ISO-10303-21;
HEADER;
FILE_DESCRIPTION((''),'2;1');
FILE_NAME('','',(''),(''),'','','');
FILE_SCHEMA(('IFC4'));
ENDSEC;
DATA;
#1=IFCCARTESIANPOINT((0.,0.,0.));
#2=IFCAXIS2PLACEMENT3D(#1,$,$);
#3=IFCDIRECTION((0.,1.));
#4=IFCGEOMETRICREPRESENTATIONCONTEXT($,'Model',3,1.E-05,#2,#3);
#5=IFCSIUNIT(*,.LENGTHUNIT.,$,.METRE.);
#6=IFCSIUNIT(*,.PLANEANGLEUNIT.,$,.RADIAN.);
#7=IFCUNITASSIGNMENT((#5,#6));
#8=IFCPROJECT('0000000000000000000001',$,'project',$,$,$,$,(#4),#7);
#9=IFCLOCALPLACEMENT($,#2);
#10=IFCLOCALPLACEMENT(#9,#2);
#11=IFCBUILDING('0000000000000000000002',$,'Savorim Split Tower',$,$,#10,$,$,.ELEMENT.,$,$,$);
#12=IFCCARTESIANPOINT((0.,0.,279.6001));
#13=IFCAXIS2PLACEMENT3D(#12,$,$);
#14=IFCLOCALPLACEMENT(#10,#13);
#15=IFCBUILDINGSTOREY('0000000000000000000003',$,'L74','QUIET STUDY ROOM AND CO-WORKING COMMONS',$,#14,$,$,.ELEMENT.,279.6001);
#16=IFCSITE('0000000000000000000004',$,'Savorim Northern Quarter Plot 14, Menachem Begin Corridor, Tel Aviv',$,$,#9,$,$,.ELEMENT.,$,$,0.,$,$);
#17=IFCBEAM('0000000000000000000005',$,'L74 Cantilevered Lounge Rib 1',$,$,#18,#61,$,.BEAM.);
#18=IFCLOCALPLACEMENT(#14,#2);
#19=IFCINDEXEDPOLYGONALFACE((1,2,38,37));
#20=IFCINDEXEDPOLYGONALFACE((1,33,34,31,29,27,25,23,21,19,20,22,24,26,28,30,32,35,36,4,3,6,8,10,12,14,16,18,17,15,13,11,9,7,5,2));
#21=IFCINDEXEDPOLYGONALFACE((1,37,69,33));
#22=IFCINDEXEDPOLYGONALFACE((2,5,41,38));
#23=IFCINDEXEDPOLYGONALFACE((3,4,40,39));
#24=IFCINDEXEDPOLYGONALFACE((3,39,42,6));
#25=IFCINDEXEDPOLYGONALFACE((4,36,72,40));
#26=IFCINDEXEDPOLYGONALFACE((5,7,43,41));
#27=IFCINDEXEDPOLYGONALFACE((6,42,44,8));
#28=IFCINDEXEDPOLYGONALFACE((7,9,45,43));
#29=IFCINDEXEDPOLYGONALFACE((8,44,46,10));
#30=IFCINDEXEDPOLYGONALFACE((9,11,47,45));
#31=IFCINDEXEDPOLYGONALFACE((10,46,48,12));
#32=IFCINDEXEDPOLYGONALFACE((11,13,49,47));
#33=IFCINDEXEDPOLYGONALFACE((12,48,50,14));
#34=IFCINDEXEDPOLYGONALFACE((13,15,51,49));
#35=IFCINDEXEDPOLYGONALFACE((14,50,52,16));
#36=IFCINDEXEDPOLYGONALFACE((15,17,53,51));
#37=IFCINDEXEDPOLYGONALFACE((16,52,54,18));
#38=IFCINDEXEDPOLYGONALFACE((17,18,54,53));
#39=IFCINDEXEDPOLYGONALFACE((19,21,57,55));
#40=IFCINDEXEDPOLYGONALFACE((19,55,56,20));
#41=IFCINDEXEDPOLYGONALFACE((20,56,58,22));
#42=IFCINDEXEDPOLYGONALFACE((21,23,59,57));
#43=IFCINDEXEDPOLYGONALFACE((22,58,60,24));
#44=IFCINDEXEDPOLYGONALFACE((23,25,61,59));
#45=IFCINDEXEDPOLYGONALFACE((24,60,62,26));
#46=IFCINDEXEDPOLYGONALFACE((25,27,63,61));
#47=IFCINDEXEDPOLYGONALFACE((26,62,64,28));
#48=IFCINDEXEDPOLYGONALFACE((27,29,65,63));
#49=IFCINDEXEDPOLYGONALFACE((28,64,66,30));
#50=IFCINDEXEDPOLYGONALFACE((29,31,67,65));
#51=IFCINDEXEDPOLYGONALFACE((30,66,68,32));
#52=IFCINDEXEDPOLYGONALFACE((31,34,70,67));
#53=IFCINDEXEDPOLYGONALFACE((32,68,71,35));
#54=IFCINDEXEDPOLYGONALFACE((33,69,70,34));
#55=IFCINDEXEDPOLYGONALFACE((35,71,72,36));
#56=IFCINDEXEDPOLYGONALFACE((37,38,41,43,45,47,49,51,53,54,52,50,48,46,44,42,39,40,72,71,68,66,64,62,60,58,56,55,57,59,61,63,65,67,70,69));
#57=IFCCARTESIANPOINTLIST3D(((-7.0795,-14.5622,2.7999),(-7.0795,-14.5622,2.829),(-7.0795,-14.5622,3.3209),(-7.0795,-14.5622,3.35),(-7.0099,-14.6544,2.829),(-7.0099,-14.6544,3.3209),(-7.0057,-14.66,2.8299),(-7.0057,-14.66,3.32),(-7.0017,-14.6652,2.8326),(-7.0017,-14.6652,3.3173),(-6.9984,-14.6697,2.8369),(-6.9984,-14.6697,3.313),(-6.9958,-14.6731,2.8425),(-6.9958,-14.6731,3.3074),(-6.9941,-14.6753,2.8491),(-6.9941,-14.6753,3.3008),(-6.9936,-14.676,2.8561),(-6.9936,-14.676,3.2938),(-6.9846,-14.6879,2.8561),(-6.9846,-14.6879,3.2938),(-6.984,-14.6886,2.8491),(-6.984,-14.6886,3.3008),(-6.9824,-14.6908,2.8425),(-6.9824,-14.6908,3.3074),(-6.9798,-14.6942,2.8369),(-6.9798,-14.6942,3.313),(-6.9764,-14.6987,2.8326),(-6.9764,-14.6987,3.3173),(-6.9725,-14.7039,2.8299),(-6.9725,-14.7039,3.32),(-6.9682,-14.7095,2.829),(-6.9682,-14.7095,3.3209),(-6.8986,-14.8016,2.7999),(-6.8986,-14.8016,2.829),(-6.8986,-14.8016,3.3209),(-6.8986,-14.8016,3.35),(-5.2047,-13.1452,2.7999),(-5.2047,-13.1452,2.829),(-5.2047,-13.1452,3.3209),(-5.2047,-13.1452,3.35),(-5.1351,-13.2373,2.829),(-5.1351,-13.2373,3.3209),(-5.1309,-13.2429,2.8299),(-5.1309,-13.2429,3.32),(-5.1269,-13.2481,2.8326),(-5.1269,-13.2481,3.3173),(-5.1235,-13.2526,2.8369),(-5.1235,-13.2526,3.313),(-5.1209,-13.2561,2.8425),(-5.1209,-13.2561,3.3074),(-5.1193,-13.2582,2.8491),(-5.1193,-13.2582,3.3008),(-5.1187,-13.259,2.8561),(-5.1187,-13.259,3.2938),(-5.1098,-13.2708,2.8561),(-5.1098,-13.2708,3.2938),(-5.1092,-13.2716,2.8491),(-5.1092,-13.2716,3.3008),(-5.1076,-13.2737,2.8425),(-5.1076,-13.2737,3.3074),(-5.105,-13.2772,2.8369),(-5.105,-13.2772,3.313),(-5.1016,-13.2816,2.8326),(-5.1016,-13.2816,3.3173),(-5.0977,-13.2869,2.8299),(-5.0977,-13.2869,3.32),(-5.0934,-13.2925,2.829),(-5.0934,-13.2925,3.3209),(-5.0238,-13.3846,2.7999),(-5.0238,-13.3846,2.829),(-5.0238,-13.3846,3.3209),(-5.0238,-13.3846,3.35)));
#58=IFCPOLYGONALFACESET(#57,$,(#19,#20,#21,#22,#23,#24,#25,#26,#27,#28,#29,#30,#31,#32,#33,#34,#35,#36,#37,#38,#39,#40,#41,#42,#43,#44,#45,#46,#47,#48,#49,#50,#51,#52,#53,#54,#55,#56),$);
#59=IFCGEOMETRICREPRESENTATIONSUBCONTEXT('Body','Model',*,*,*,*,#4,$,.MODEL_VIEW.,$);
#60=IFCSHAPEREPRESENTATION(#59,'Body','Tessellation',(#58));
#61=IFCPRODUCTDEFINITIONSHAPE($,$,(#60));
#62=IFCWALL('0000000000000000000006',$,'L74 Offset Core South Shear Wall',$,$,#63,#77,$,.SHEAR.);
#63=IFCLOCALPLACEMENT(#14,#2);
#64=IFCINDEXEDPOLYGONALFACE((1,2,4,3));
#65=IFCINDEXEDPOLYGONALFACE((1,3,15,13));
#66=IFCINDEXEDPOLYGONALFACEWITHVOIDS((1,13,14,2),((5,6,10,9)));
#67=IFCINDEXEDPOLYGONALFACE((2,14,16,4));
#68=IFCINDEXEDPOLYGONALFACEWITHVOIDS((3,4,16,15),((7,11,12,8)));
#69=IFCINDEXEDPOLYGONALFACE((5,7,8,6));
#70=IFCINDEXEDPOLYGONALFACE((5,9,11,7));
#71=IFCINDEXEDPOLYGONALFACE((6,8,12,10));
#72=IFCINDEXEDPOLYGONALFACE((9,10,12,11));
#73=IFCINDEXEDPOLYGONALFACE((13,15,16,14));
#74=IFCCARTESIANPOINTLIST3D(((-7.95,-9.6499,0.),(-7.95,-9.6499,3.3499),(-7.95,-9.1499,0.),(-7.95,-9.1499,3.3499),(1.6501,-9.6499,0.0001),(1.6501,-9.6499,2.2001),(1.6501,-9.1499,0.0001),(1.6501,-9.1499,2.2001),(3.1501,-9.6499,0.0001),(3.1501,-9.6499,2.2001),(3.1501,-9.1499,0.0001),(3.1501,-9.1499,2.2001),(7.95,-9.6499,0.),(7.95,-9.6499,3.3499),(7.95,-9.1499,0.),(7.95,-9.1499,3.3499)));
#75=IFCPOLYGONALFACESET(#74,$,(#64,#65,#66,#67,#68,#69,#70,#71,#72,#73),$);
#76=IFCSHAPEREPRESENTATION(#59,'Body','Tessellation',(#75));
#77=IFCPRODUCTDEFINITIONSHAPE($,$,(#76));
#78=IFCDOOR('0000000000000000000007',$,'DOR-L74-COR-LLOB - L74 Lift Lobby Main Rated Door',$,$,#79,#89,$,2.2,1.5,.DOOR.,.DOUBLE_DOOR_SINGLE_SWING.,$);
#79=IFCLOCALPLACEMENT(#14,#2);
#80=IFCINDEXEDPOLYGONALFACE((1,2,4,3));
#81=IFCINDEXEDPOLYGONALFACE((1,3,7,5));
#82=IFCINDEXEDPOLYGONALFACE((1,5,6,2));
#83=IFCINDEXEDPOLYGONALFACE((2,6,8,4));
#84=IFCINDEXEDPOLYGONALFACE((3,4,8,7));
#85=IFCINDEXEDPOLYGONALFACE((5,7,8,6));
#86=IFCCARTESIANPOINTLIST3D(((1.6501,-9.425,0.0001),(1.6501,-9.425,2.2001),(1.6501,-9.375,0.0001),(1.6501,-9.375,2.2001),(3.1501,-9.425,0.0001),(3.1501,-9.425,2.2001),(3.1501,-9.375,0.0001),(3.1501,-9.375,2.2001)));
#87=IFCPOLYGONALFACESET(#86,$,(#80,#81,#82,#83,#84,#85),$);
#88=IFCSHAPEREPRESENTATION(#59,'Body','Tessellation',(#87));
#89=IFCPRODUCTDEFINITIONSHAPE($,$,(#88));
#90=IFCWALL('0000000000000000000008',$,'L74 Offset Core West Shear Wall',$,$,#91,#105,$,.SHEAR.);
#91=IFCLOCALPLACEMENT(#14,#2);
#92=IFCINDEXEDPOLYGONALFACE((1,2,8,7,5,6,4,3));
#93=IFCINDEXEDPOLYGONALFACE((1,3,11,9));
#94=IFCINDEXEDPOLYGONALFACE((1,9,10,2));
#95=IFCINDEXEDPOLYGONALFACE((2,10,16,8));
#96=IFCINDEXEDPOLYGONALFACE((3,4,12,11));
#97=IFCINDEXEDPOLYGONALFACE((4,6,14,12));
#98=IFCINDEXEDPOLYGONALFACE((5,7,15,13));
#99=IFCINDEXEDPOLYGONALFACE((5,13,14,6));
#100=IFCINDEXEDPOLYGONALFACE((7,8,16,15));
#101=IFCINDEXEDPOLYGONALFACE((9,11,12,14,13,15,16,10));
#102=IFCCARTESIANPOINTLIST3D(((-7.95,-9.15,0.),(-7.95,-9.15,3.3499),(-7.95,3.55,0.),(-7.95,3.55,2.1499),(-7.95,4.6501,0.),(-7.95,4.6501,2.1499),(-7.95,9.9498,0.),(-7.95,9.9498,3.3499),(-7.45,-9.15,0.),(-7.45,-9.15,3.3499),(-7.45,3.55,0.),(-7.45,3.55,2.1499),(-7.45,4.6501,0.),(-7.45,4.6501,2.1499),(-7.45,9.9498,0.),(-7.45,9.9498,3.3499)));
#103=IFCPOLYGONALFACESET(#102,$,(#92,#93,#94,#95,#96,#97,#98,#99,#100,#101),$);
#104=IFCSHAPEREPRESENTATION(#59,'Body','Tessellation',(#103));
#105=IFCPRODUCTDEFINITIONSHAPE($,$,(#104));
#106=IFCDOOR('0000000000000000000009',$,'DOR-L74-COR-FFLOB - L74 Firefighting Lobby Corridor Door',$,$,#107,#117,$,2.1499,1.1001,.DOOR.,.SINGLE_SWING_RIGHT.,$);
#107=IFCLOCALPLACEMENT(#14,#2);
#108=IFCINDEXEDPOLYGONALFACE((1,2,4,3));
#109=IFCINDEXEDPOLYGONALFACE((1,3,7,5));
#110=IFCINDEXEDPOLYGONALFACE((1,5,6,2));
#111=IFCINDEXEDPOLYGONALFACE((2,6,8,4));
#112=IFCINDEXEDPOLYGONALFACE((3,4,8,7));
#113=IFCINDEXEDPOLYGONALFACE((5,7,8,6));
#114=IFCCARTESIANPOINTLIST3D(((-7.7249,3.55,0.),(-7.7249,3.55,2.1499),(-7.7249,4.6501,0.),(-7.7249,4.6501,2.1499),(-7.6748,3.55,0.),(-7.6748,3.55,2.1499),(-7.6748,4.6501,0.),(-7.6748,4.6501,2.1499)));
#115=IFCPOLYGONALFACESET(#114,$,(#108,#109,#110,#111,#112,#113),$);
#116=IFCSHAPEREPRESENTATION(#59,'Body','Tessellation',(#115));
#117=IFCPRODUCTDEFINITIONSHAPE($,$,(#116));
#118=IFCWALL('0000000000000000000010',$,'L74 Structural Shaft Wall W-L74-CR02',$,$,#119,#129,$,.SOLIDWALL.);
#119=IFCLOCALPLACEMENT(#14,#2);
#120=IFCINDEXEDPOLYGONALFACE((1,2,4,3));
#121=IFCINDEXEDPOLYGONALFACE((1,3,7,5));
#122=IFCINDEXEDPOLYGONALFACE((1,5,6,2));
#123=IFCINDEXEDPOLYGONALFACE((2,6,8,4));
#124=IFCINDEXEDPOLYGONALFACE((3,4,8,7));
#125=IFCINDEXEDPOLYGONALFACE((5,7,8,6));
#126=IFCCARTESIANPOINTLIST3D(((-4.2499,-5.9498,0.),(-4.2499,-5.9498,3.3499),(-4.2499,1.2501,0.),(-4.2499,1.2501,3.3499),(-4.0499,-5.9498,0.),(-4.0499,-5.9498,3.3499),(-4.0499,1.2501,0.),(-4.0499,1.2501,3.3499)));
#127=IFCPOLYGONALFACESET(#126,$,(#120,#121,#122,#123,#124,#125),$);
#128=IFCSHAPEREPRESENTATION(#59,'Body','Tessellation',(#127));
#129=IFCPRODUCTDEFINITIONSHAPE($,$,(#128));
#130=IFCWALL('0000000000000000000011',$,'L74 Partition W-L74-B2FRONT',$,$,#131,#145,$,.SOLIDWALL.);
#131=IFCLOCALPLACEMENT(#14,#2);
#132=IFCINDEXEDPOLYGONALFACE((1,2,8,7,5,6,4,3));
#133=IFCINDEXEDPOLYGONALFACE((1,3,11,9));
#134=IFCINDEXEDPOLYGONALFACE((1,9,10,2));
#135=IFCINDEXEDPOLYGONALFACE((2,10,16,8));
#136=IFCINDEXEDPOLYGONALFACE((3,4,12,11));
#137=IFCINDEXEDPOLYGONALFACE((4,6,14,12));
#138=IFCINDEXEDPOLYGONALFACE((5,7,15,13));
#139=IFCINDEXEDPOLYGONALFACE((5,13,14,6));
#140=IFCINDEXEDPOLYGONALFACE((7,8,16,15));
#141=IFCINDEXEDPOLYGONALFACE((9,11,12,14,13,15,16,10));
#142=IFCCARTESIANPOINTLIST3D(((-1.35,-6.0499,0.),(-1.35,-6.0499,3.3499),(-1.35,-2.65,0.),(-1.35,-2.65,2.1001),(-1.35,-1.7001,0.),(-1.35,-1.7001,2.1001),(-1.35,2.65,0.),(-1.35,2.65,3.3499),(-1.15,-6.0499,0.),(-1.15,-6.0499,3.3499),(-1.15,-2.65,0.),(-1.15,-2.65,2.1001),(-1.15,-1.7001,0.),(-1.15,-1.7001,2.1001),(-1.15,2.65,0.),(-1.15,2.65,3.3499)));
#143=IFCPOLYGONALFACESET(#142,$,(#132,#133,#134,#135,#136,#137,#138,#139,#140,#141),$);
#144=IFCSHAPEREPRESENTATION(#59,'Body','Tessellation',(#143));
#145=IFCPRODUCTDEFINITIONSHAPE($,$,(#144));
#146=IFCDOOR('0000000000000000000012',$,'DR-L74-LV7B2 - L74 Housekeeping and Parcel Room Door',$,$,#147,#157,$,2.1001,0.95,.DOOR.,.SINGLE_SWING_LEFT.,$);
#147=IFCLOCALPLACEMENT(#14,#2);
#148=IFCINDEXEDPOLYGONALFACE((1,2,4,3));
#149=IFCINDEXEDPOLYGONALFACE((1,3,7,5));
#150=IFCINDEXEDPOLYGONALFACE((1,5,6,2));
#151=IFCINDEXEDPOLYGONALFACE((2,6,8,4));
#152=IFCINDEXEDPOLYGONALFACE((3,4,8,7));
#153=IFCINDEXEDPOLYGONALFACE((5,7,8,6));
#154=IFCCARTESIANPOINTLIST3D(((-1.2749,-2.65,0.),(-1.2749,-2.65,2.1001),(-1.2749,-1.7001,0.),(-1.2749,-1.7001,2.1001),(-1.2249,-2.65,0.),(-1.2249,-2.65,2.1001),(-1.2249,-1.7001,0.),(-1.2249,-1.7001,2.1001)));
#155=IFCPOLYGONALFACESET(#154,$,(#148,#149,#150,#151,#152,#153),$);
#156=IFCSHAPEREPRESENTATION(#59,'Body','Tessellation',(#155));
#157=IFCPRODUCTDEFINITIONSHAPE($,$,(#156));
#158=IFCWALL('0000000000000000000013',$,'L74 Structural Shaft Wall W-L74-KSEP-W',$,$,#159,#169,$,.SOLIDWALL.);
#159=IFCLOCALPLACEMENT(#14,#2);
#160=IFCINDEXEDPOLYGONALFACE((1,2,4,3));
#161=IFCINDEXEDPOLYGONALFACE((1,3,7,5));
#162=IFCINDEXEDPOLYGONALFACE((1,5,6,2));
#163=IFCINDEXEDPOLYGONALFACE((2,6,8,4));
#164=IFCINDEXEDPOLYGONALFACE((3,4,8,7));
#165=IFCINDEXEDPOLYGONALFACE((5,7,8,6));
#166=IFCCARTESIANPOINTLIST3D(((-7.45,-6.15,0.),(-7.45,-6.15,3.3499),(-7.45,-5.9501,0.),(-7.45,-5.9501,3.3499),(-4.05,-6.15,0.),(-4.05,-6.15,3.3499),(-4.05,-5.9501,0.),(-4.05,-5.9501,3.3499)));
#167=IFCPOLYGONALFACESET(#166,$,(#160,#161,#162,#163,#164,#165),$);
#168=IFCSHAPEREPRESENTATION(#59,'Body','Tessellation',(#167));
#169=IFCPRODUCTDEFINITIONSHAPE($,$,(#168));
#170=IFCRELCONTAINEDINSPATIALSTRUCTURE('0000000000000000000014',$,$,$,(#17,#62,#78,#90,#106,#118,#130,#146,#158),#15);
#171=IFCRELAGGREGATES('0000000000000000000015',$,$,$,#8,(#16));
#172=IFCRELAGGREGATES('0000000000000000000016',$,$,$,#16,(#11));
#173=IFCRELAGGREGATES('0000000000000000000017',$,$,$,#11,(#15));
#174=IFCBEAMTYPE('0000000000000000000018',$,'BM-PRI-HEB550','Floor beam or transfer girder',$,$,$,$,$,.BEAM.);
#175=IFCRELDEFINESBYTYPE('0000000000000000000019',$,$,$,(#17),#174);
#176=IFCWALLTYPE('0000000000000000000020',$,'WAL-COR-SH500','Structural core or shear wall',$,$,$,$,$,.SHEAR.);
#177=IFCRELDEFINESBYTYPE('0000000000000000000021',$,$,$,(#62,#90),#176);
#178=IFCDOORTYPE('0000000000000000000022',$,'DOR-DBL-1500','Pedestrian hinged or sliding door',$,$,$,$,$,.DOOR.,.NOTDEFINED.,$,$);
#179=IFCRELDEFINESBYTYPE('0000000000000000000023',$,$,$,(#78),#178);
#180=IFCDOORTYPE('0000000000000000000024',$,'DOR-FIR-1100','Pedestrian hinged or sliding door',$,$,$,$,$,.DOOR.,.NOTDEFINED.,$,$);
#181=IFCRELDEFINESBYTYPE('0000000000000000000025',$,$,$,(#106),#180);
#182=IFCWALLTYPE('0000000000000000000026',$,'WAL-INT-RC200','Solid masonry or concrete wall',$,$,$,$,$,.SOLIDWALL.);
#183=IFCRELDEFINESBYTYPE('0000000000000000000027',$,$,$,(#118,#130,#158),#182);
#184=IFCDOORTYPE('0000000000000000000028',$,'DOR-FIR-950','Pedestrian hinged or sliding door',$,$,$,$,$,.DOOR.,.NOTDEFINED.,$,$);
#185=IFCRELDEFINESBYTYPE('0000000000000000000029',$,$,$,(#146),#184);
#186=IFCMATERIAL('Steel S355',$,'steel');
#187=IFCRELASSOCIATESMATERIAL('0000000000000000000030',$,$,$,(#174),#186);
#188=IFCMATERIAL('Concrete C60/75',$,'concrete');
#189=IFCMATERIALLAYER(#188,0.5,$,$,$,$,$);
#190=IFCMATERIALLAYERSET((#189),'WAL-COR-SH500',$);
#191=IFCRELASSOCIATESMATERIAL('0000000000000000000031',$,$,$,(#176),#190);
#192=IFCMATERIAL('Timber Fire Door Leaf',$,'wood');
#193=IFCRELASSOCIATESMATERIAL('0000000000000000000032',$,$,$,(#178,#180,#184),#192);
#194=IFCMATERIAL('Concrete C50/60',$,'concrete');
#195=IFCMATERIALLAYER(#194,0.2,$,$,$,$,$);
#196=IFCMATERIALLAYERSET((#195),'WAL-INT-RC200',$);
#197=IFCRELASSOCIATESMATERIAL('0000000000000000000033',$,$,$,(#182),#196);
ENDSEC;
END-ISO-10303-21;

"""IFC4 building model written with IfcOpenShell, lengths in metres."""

from ifc_helpers import new_model, si_unit, direction, frame, frame_2d, origin, origin_2d, place, context, subcontext, project, spatial, rectangle, i_section, extrude, material, layer, layer_set, material_profile, profile_set, type_object, element, fill, save


model = new_model("IFC4")

# Units and contexts
model_context = context("Model", 3, precision=1e-05, world=origin(), true_north=direction((0.0, 1.0)))
body_context = subcontext(model_context, "Body", "Model", "MODEL_VIEW")
ifc_project = project(units=[si_unit("LENGTHUNIT", "METRE"), si_unit("PLANEANGLEUNIT", "RADIAN")], contexts=[model_context])

# Site, building, storey
site_placement = place(None, origin())
site = spatial("IfcSite", under=ifc_project, at=site_placement, Name="Savorim Northern Quarter Plot 14, Menachem Begin Corridor, Tel Aviv", CompositionType="ELEMENT", RefElevation=0.0)
building_placement = place(site_placement, origin())
building = spatial("IfcBuilding", under=site, at=building_placement, Name="Savorim Split Tower", CompositionType="ELEMENT")
storey_placement = place(building_placement, frame((0.0, 0.0, 279.6001)))
storey = spatial("IfcBuildingStorey", under=building, at=storey_placement, Name="L74", Description="QUIET STUDY ROOM AND CO-WORKING COMMONS", CompositionType="ELEMENT", Elevation=279.6001)

# Shared definitions
ifc_material_1 = material(Name="Steel S355", Category="steel")

# Beam
ifc_material_profile_1 = material_profile(ifc_material_1, i_section(OverallWidth=0.3, OverallDepth=0.55, WebThickness=0.0149, FlangeThickness=0.0291, FilletRadius=0.0271, at=origin_2d()), Name="HEB 550")
ifc_profile_set_1 = profile_set([ifc_material_profile_1], Name="Steel S355")
beam_type_1 = type_object("IfcBeamType", Name="BM-PRI-HEB550", Description="Floor beam or transfer girder", PredefinedType="BEAM", material=ifc_profile_set_1)
beam_1_placement = place(storey_placement, frame((-5.1143, -13.2649, 3.075), z_axis=(-0.797763, -0.602971, 0.0), x_axis=(0.602971, -0.797763, 0.0)))
element("IfcBeam", 1, at=beam_1_placement, inside=storey, type_object=beam_type_1, Name="L74 Cantilevered Lounge Rib 1", PredefinedType="BEAM", context=body_context, shape_type="SweptSolid", body=[
    extrude(i_section(OverallWidth=0.3, OverallDepth=0.55, WebThickness=0.0149, FlangeThickness=0.0291, FilletRadius=0.0271, at=origin_2d()), origin(), (0.0, 0.0, 1.0), 2.3501),
])

# Walls, openings, doors
ifc_material_2 = material(Name="Concrete C60/75", Category="concrete")
ifc_layer_1 = layer(ifc_material_2, 0.5)
ifc_layer_set_1 = layer_set([ifc_layer_1], Name="WAL-COR-SH500")
wall_type_1 = type_object("IfcWallType", Name="WAL-COR-SH500", Description="Structural core or shear wall", PredefinedType="SHEAR", material=ifc_layer_set_1)
wall_1_placement = place(storey_placement, frame((-7.95, -9.3999, 0.0), z_axis=(0.0, 0.0, 1.0), x_axis=(1.0, 0.0, 0.0)))
wall_1 = element("IfcWall", 2, at=wall_1_placement, inside=storey, type_object=wall_type_1, Name="L74 Offset Core South Shear Wall", PredefinedType="SHEAR", context=body_context, shape_type="SweptSolid", body=[
    extrude(rectangle(XDim=15.8999, YDim=0.5, at=frame_2d((7.95, 0.0))), origin(), (0.0, 0.0, 1.0), 3.3499),
])
opening_1_placement = place(wall_1_placement, frame((9.6001, 0.0, 0.0)))
opening_1 = element("IfcOpeningElement", 3, at=opening_1_placement, cuts=wall_1, PredefinedType="OPENING", context=body_context, shape_type="SweptSolid", body=[
    extrude(rectangle(XDim=1.5, YDim=2.2, at=frame_2d((0.75, 1.1001))), frame((0.0, 0.26, 0.0), z_axis=(0.0, -1.0, 0.0), x_axis=(1.0, 0.0, 0.0)), (0.0, 0.0, 1.0), 0.52),
])
ifc_material_3 = material(Name="Timber Fire Door Leaf", Category="wood")
door_type_1 = type_object("IfcDoorType", Name="DOR-DBL-1500", Description="Pedestrian hinged or sliding door", OperationType="NOTDEFINED", PredefinedType="DOOR", material=ifc_material_3)
door_1_placement = place(opening_1_placement, origin())
door_1 = element("IfcDoor", 4, at=door_1_placement, inside=storey, type_object=door_type_1, Name="DOR-L74-COR-LLOB - L74 Lift Lobby Main Rated Door", OperationType="DOUBLE_DOOR_SINGLE_SWING", OverallHeight=2.2, OverallWidth=1.5, PredefinedType="DOOR", context=body_context, shape_type="SweptSolid", body=[
    extrude(rectangle(XDim=1.5, YDim=2.2, at=frame_2d((0.75, 1.1001))), frame((0.0, 0.0249, 0.0), z_axis=(0.0, -1.0, 0.0), x_axis=(1.0, 0.0, 0.0)), (0.0, 0.0, 1.0), 0.05),
])
fill(opening_1, door_1)
wall_2_placement = place(storey_placement, frame((-7.7, -9.1499, 0.0), z_axis=(0.0, 0.0, 1.0), x_axis=(0.0, 1.0, 0.0)))
wall_2 = element("IfcWall", 5, at=wall_2_placement, inside=storey, type_object=wall_type_1, Name="L74 Offset Core West Shear Wall", PredefinedType="SHEAR", context=body_context, shape_type="SweptSolid", body=[
    extrude(rectangle(XDim=19.0999, YDim=0.5, at=frame_2d((9.5498, 0.0))), origin(), (0.0, 0.0, 1.0), 3.3499),
])
opening_2_placement = place(wall_2_placement, frame((12.7, 0.0, 0.0)))
opening_2 = element("IfcOpeningElement", 6, at=opening_2_placement, cuts=wall_2, PredefinedType="OPENING", context=body_context, shape_type="SweptSolid", body=[
    extrude(rectangle(XDim=1.1001, YDim=2.1499, at=frame_2d((0.55, 1.075))), frame((0.0, 0.26, 0.0), z_axis=(0.0, -1.0, 0.0), x_axis=(1.0, 0.0, 0.0)), (0.0, 0.0, 1.0), 0.52),
])
door_type_2 = type_object("IfcDoorType", Name="DOR-FIR-1100", Description="Pedestrian hinged or sliding door", OperationType="NOTDEFINED", PredefinedType="DOOR", material=ifc_material_3)
door_2_placement = place(opening_2_placement, origin())
door_2 = element("IfcDoor", 7, at=door_2_placement, inside=storey, type_object=door_type_2, Name="DOR-L74-COR-FFLOB - L74 Firefighting Lobby Corridor Door", OperationType="SINGLE_SWING_RIGHT", OverallHeight=2.1499, OverallWidth=1.1001, PredefinedType="DOOR", context=body_context, shape_type="SweptSolid", body=[
    extrude(rectangle(XDim=1.1001, YDim=2.1499, at=frame_2d((0.55, 1.075))), frame((0.0, 0.0249, 0.0), z_axis=(0.0, -1.0, 0.0), x_axis=(1.0, 0.0, 0.0)), (0.0, 0.0, 1.0), 0.05),
])
fill(opening_2, door_2)

# Wall
ifc_material_4 = material(Name="Concrete C50/60", Category="concrete")
ifc_layer_2 = layer(ifc_material_4, 0.2)
ifc_layer_set_2 = layer_set([ifc_layer_2], Name="WAL-INT-RC200")
wall_type_2 = type_object("IfcWallType", Name="WAL-INT-RC200", Description="Solid masonry or concrete wall", PredefinedType="SOLIDWALL", material=ifc_layer_set_2)
wall_3_placement = place(storey_placement, frame((-4.1499, -5.95, 0.0), z_axis=(0.0, 0.0, 1.0), x_axis=(0.0, 1.0, 0.0)))
element("IfcWall", 8, at=wall_3_placement, inside=storey, type_object=wall_type_2, Name="L74 Structural Shaft Wall W-L74-CR02", PredefinedType="SOLIDWALL", context=body_context, shape_type="SweptSolid", body=[
    extrude(rectangle(XDim=7.2, YDim=0.2, at=frame_2d((3.6001, 0.0))), origin(), (0.0, 0.0, 1.0), 3.3499),
])

# Wall, opening, door
wall_4_placement = place(storey_placement, frame((-1.25, -6.05, 0.0), z_axis=(0.0, 0.0, 1.0), x_axis=(0.0, 1.0, 0.0)))
wall_4 = element("IfcWall", 9, at=wall_4_placement, inside=storey, type_object=wall_type_2, Name="L74 Partition W-L74-B2FRONT", PredefinedType="SOLIDWALL", context=body_context, shape_type="SweptSolid", body=[
    extrude(rectangle(XDim=8.7, YDim=0.2, at=frame_2d((4.3501, 0.0))), origin(), (0.0, 0.0, 1.0), 3.3499),
])
opening_3_placement = place(wall_4_placement, frame((3.3999, 0.0, 0.0)))
opening_3 = element("IfcOpeningElement", 10, at=opening_3_placement, cuts=wall_4, PredefinedType="OPENING", context=body_context, shape_type="SweptSolid", body=[
    extrude(rectangle(XDim=0.95, YDim=2.1001, at=frame_2d((0.4751, 1.05))), frame((0.0, 0.1099, 0.0), z_axis=(0.0, -1.0, 0.0), x_axis=(1.0, 0.0, 0.0)), (0.0, 0.0, 1.0), 0.22),
])
door_type_3 = type_object("IfcDoorType", Name="DOR-FIR-950", Description="Pedestrian hinged or sliding door", OperationType="NOTDEFINED", PredefinedType="DOOR", material=ifc_material_3)
door_3_placement = place(opening_3_placement, origin())
door_3 = element("IfcDoor", 11, at=door_3_placement, inside=storey, type_object=door_type_3, Name="DR-L74-LV7B2 - L74 Housekeeping and Parcel Room Door", OperationType="SINGLE_SWING_LEFT", OverallHeight=2.1001, OverallWidth=0.95, PredefinedType="DOOR", context=body_context, shape_type="SweptSolid", body=[
    extrude(rectangle(XDim=0.95, YDim=2.1001, at=frame_2d((0.4751, 1.05))), frame((0.0, 0.0249, 0.0), z_axis=(0.0, -1.0, 0.0), x_axis=(1.0, 0.0, 0.0)), (0.0, 0.0, 1.0), 0.05),
])
fill(opening_3, door_3)

# Wall
wall_5_placement = place(storey_placement, frame((-7.45, -6.05, 0.0), z_axis=(0.0, 0.0, 1.0), x_axis=(1.0, 0.0, 0.0)))
element("IfcWall", 12, at=wall_5_placement, inside=storey, type_object=wall_type_2, Name="L74 Structural Shaft Wall W-L74-KSEP-W", PredefinedType="SOLIDWALL", context=body_context, shape_type="SweptSolid", body=[
    extrude(rectangle(XDim=3.3999, YDim=0.2, at=frame_2d((1.7, 0.0))), origin(), (0.0, 0.0, 1.0), 3.3499),
])

save(model, "model.ifc")
